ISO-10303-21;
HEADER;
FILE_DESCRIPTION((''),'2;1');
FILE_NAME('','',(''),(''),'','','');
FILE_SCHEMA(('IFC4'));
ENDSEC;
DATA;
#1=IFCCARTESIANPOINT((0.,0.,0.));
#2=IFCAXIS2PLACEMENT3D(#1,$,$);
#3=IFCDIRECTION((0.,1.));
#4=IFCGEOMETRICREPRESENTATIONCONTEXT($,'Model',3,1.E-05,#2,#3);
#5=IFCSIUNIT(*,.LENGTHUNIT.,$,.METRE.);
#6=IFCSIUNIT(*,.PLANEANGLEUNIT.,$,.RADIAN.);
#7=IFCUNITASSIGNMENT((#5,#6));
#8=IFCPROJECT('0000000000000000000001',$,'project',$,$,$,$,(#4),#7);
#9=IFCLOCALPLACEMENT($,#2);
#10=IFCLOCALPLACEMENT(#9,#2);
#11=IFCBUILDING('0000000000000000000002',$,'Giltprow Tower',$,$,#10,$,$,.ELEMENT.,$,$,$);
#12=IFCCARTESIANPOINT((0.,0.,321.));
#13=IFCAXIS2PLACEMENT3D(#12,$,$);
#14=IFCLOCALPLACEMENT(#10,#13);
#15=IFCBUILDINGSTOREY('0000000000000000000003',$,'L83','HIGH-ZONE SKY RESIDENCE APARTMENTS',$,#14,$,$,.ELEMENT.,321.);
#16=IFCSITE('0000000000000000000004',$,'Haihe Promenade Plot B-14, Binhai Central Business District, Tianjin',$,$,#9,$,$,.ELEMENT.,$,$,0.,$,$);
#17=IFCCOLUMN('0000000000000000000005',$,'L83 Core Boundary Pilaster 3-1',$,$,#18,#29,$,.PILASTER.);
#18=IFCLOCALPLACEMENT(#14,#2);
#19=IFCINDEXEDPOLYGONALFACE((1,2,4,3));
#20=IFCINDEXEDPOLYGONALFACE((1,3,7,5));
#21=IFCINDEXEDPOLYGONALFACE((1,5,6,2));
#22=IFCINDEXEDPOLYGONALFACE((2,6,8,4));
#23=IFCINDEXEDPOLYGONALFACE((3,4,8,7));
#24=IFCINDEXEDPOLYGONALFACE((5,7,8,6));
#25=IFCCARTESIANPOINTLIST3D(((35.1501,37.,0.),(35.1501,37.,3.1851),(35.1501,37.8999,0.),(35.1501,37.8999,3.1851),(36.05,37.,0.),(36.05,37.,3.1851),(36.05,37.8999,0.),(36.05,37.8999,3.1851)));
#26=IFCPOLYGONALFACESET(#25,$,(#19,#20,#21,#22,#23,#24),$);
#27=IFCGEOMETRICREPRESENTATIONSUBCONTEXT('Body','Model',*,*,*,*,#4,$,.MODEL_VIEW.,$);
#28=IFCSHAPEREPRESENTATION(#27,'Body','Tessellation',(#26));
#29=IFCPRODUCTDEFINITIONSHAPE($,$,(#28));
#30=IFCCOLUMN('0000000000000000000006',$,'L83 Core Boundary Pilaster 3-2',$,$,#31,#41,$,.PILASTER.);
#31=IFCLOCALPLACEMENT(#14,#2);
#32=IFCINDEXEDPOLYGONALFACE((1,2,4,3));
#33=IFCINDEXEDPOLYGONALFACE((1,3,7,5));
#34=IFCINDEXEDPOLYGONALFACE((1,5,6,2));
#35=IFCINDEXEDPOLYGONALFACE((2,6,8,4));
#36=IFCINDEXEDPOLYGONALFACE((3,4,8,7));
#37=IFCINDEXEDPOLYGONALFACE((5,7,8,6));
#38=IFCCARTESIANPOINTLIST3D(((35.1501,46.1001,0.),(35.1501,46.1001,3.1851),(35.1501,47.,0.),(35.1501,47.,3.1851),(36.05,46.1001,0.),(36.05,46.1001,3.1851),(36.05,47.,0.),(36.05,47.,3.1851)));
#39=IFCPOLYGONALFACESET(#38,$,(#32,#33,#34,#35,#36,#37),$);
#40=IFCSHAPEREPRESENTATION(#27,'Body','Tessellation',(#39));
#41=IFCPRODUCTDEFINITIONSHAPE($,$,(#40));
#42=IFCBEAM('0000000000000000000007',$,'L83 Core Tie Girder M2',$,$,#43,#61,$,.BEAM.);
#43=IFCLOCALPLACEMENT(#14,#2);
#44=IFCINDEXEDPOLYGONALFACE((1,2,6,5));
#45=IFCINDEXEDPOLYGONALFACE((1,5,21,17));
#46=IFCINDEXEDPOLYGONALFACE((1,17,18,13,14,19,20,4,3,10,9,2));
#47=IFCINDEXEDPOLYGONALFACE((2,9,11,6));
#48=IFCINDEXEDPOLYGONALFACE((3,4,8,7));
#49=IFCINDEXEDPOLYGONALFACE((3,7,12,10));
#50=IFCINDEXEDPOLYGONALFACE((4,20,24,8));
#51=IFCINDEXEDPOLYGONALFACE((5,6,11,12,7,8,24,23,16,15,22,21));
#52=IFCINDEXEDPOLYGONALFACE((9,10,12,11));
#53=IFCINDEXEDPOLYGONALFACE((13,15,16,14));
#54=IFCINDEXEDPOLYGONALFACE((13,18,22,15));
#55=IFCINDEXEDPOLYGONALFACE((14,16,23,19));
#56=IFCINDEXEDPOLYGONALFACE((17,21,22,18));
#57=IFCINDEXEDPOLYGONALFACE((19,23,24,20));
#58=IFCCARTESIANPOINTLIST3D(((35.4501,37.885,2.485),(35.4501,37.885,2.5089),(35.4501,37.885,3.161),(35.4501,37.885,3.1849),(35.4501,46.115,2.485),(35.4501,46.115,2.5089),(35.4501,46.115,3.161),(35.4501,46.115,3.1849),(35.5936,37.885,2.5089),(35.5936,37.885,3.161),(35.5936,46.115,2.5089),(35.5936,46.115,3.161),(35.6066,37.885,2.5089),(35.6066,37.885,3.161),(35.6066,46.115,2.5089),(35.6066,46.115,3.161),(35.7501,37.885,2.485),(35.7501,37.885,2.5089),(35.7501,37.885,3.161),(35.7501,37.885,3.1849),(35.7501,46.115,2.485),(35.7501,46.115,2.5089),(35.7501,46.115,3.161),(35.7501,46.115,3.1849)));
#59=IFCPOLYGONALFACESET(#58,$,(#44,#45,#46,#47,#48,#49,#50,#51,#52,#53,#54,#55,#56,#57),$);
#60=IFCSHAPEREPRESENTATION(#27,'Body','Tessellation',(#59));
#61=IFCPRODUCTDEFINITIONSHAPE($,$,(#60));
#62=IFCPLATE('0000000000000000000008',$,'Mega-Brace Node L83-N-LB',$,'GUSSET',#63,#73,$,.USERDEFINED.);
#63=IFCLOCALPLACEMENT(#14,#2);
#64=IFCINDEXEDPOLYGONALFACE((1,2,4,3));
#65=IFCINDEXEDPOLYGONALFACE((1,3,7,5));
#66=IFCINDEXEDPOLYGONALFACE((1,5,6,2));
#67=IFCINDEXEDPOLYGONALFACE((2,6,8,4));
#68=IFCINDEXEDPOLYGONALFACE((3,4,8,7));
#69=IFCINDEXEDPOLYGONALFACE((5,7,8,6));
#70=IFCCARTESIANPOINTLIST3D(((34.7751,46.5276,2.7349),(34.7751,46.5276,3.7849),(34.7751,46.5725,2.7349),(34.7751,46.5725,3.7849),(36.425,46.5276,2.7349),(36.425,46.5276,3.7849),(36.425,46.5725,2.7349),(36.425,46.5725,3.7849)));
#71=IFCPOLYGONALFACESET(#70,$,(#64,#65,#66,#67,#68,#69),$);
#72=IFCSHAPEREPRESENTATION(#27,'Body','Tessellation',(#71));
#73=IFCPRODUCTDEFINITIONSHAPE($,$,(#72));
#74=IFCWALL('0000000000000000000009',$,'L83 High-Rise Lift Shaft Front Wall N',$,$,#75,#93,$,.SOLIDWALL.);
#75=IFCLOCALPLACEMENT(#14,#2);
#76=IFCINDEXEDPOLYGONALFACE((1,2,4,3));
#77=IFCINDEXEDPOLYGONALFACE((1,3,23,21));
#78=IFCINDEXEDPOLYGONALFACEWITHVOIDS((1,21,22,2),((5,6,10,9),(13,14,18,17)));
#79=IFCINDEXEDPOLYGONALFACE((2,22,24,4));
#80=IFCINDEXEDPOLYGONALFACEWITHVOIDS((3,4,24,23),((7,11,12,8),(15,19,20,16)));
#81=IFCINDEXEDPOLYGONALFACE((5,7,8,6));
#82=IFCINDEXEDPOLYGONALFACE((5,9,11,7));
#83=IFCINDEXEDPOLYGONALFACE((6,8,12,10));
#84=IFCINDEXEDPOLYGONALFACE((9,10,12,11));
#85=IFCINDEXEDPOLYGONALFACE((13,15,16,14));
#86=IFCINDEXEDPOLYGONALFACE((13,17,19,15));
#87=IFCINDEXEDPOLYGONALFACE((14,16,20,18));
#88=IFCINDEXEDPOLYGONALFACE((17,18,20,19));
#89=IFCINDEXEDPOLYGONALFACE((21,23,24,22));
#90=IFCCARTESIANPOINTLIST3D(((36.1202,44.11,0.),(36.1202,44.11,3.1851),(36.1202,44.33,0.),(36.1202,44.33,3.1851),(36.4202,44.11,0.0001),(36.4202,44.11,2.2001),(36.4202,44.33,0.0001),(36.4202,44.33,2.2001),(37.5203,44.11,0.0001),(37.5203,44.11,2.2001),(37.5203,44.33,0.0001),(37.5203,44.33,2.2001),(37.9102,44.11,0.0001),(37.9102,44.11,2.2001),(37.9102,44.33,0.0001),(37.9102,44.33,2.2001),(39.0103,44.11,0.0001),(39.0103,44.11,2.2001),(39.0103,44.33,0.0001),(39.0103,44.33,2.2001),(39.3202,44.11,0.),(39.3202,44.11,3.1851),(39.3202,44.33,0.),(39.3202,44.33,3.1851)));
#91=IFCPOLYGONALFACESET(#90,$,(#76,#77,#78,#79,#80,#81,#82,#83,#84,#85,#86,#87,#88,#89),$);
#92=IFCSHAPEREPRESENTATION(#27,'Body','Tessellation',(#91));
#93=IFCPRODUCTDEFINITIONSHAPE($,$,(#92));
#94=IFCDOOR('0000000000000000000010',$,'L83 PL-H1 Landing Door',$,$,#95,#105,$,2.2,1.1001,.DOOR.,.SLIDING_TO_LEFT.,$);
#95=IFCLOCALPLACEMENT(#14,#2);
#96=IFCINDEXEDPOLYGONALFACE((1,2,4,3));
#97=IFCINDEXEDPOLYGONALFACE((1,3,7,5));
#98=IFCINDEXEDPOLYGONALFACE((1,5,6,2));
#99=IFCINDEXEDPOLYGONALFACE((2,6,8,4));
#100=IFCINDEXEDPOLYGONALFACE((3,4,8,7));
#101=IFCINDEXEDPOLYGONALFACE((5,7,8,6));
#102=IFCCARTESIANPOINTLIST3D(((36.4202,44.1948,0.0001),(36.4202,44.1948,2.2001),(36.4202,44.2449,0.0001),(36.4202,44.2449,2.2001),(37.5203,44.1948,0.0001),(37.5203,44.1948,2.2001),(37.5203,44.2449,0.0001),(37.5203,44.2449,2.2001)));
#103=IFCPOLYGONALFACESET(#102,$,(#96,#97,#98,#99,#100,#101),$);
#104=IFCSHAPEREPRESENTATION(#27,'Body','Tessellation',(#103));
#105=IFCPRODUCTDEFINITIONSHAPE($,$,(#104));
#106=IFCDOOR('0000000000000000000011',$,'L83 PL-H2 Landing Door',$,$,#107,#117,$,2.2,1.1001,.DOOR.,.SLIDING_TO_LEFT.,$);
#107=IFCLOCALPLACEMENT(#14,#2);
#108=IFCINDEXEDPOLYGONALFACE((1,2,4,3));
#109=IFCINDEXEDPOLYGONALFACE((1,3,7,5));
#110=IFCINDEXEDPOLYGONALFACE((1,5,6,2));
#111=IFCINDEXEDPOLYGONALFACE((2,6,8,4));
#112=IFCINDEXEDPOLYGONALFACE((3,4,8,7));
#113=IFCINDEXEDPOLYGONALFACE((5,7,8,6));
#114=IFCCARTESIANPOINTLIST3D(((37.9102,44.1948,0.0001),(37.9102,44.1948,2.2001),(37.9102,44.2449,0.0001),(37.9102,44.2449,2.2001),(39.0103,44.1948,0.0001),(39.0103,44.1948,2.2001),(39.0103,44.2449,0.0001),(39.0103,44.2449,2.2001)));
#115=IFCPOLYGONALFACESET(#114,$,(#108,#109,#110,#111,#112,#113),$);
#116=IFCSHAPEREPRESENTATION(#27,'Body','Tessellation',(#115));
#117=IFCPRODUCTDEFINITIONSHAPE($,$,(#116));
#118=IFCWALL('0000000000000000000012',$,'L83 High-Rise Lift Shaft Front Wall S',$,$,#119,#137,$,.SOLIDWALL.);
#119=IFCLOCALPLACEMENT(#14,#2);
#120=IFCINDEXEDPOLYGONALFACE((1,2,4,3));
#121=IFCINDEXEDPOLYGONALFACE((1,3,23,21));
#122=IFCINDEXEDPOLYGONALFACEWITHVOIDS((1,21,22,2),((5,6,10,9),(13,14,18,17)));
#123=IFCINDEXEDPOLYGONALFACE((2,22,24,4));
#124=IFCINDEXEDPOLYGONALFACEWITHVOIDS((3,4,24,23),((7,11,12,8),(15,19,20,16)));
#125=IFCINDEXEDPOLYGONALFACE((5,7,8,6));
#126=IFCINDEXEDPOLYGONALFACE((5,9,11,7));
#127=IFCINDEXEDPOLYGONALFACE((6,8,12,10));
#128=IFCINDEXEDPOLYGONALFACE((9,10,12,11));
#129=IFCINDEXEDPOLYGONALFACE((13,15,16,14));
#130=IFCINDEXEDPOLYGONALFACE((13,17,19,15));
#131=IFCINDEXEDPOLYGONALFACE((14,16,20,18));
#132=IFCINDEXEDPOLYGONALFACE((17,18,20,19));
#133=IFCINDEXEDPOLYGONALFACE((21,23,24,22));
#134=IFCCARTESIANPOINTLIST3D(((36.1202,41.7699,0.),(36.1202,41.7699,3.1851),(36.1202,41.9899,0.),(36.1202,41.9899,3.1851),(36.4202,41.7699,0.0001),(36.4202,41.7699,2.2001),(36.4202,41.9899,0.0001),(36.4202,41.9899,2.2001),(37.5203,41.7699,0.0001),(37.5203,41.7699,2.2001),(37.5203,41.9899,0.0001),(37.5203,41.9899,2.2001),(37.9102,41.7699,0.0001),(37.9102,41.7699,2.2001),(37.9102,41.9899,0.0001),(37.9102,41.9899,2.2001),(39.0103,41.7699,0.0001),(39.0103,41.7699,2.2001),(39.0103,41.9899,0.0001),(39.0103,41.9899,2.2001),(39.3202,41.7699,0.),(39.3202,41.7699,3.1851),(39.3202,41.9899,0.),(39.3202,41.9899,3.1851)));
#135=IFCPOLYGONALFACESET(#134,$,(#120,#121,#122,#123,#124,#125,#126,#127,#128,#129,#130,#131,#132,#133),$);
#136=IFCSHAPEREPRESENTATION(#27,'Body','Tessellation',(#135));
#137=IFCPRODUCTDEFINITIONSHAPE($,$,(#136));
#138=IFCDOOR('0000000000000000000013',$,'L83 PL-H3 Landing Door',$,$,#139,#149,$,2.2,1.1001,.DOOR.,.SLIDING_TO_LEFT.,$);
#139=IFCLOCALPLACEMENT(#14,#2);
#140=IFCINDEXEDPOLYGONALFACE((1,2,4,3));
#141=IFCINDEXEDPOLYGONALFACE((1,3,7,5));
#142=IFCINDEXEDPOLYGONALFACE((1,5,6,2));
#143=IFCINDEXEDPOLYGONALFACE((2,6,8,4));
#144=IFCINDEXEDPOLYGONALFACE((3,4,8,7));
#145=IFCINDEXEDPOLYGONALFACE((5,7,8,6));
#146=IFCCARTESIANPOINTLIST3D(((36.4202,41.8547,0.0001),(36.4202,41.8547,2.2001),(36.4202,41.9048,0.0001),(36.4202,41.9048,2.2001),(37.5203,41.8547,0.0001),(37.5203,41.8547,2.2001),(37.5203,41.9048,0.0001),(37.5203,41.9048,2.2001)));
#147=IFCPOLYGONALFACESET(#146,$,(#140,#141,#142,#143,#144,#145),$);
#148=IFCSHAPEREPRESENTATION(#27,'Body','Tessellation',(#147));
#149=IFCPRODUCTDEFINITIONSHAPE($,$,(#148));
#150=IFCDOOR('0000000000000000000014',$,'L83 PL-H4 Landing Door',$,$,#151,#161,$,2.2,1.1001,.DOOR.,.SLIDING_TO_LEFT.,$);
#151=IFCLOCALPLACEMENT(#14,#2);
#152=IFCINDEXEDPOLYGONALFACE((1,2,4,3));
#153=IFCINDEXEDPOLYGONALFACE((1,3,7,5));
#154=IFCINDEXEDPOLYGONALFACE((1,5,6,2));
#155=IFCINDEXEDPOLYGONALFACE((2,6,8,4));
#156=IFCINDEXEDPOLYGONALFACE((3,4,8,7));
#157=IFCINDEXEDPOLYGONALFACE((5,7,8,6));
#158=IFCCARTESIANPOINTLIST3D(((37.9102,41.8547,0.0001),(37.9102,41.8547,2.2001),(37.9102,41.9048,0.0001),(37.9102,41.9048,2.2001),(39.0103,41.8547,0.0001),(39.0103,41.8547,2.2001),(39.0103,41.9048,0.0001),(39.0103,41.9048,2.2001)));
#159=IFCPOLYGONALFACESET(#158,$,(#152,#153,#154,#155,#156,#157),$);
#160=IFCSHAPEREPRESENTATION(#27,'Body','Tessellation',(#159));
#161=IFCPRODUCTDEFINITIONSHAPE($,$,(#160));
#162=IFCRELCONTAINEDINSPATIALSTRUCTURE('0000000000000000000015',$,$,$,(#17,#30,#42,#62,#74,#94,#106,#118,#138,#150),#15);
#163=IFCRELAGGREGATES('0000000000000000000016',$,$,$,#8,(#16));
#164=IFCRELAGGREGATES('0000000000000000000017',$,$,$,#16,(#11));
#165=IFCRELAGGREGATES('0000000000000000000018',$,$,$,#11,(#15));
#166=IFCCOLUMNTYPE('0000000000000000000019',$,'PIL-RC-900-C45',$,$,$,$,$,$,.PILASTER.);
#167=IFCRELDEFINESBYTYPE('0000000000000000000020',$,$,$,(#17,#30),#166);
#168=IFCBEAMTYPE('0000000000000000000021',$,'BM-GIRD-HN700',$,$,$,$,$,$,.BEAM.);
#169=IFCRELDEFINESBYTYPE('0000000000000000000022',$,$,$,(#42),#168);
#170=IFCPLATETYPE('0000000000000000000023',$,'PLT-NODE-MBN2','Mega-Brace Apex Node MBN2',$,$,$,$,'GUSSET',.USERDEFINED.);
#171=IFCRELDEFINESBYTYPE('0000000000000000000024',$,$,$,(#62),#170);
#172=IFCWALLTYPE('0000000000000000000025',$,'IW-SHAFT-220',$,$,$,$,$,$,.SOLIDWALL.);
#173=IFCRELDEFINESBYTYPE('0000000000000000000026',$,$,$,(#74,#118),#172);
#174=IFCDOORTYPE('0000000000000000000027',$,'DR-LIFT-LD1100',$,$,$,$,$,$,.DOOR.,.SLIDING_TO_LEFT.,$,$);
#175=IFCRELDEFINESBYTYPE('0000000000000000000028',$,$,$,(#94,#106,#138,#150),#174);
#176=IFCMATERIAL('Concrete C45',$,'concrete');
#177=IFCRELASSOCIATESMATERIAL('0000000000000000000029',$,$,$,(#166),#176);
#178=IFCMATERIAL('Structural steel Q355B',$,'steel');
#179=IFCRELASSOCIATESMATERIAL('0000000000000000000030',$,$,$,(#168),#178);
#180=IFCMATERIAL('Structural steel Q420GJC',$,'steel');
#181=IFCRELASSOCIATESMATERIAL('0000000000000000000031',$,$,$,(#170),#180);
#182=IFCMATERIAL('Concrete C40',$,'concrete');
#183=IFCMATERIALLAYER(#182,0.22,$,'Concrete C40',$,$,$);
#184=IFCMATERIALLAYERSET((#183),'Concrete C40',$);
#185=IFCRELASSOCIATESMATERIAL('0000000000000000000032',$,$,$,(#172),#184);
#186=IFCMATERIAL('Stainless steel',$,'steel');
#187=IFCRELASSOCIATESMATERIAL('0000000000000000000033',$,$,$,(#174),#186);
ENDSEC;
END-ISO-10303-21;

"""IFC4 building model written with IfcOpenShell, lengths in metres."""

from ifc_helpers import new_model, si_unit, direction, frame, frame_2d, origin, origin_2d, place, context, subcontext, project, spatial, rectangle, i_section, extrude, source, transform, mapped, material, layer, layer_set, material_profile, profile_set, type_object, element, fill, save


model = new_model("IFC4")

# Units and contexts
model_context = context("Model", 3, precision=1e-05, world=origin(), true_north=direction((0.0, 1.0)))
body_context = subcontext(model_context, "Body", "Model", "MODEL_VIEW")
ifc_project = project(units=[si_unit("LENGTHUNIT", "METRE"), si_unit("PLANEANGLEUNIT", "RADIAN")], contexts=[model_context])

# Site, building, storey
site_placement = place(None, origin())
site = spatial("IfcSite", under=ifc_project, at=site_placement, Name="Haihe Promenade Plot B-14, Binhai Central Business District, Tianjin", CompositionType="ELEMENT", RefElevation=0.0)
building_placement = place(site_placement, origin())
building = spatial("IfcBuilding", under=site, at=building_placement, Name="Giltprow Tower", CompositionType="ELEMENT")
storey_placement = place(building_placement, frame((0.0, 0.0, 321.0)))
storey = spatial("IfcBuildingStorey", under=building, at=storey_placement, Name="L83", Description="HIGH-ZONE SKY RESIDENCE APARTMENTS", CompositionType="ELEMENT", Elevation=321.0)

# Columns
ifc_material_1 = material(Name="Concrete C45", Category="concrete")
ifc_material_profile_1 = material_profile(ifc_material_1, rectangle(XDim=0.8999, YDim=0.8999, at=origin_2d()), Name="RC 900x900")
ifc_profile_set_1 = profile_set([ifc_material_profile_1], Name="Concrete C45")
column_type = type_object("IfcColumnType", Name="PIL-RC-900-C45", PredefinedType="PILASTER", material=ifc_profile_set_1)
shared_shape_1 = source(origin(), body_context, "Body", "SweptSolid", [
    extrude(rectangle(XDim=0.8999, YDim=0.8999, at=origin_2d()), origin(), (0.0, 0.0, 1.0), 3.1851),
])
for number, where, z_axis, x_axis, name in (
    (1, (35.6001, 37.45, 0.0), (0.0, 0.0, 1.0), (1.0, 0.0, 0.0), "L83 Core Boundary Pilaster 3-1"),
    (2, (35.6001, 46.55, 0.0), (0.0, 0.0, 1.0), (1.0, 0.0, 0.0), "L83 Core Boundary Pilaster 3-2"),
):
    element("IfcColumn", number, at=place(storey_placement, frame(where, z_axis=z_axis, x_axis=x_axis)), inside=storey, type_object=column_type, Name=name, PredefinedType="PILASTER", context=body_context, shape_type="MappedRepresentation", body=[
        mapped(shared_shape_1, transform((0.0, 0.0, 0.0), x_axis=(1.0, 0.0, 0.0), y_axis=(0.0, 1.0, 0.0), z_axis=(0.0, 0.0, 1.0), scale=1.0)),
    ])

# Beam
ifc_material_2 = material(Name="Structural steel Q355B", Category="steel")
ifc_material_profile_2 = material_profile(ifc_material_2, i_section(OverallWidth=0.3, OverallDepth=0.7, WebThickness=0.0129, FlangeThickness=0.0239, at=origin_2d()), Name="HN 700x300x13x24")
ifc_profile_set_2 = profile_set([ifc_material_profile_2], Name="Structural steel Q355B")
beam_type = type_object("IfcBeamType", Name="BM-GIRD-HN700", PredefinedType="BEAM", material=ifc_profile_set_2)
shared_shape_2 = source(origin(), body_context, "Body", "SweptSolid", [
    extrude(i_section(OverallWidth=0.3, OverallDepth=0.7, WebThickness=0.0129, FlangeThickness=0.0239, at=origin_2d()), origin(), (0.0, 0.0, 1.0), 8.23),
])
beam_placement = place(storey_placement, frame((35.6001, 37.885, 2.835), z_axis=(0.0, 1.0, 0.0), x_axis=(-1.0, 0.0, 0.0)))
element("IfcBeam", 3, at=beam_placement, inside=storey, type_object=beam_type, Name="L83 Core Tie Girder M2", PredefinedType="BEAM", context=body_context, shape_type="MappedRepresentation", body=[
    mapped(shared_shape_2, transform((0.0, 0.0, 0.0), x_axis=(1.0, 0.0, 0.0), y_axis=(0.0, 1.0, 0.0), z_axis=(0.0, 0.0, 1.0), scale=1.0)),
])

# Plate
ifc_material_3 = material(Name="Structural steel Q420GJC", Category="steel")
plate_type = type_object("IfcPlateType", Name="PLT-NODE-MBN2", Description="Mega-Brace Apex Node MBN2", ElementType="GUSSET", PredefinedType="USERDEFINED", material=ifc_material_3)
shared_shape_3 = source(origin(), body_context, "Body", "SweptSolid", [
    extrude(rectangle(XDim=1.6499, YDim=0.0449, at=origin_2d()), origin(), (0.0, 0.0, 1.0), 1.05),
])
plate_placement = place(storey_placement, frame((35.6001, 46.55, 2.7349), z_axis=(0.0, 0.0, 1.0), x_axis=(1.0, 0.0, 0.0)))
element("IfcPlate", 4, at=plate_placement, inside=storey, type_object=plate_type, Name="Mega-Brace Node L83-N-LB", ObjectType="GUSSET", PredefinedType="USERDEFINED", context=body_context, shape_type="MappedRepresentation", body=[
    mapped(shared_shape_3, transform((0.0, 0.0, 0.0), x_axis=(1.0, 0.0, 0.0), y_axis=(0.0, 1.0, 0.0), z_axis=(0.0, 0.0, 1.0), scale=1.0)),
])

# Walls, openings, doors
ifc_material_4 = material(Name="Concrete C40", Category="concrete")
ifc_layer_1 = layer(ifc_material_4, 0.22, Name="Concrete C40")
ifc_layer_set_1 = layer_set([ifc_layer_1], Name="Concrete C40")
wall_type_1 = type_object("IfcWallType", Name="IW-SHAFT-220", PredefinedType="SOLIDWALL", material=ifc_layer_set_1)
wall_1_placement = place(storey_placement, frame((36.1201, 44.22, 0.0), z_axis=(0.0, 0.0, 1.0), x_axis=(1.0, 0.0, 0.0)))
wall_1 = element("IfcWall", 5, at=wall_1_placement, inside=storey, type_object=wall_type_1, Name="L83 High-Rise Lift Shaft Front Wall N", PredefinedType="SOLIDWALL", context=body_context, shape_type="SweptSolid", body=[
    extrude(rectangle(XDim=3.2, YDim=0.22, at=frame_2d((1.6001, 0.0))), origin(), (0.0, 0.0, 1.0), 3.1851),
])
opening_1_placement = place(wall_1_placement, frame((0.3, 0.0, 0.0)))
opening_1 = element("IfcOpeningElement", 6, at=opening_1_placement, cuts=wall_1, PredefinedType="OPENING", context=body_context, shape_type="SweptSolid", body=[
    extrude(rectangle(XDim=1.1001, YDim=2.2, at=frame_2d((0.55, 1.1001))), frame((0.0, 0.1199, 0.0), z_axis=(0.0, -1.0, 0.0), x_axis=(1.0, 0.0, 0.0)), (0.0, 0.0, 1.0), 0.24),
])
opening_2_placement = place(wall_1_placement, frame((1.79, 0.0, 0.0)))
opening_2 = element("IfcOpeningElement", 7, at=opening_2_placement, cuts=wall_1, PredefinedType="OPENING", context=body_context, shape_type="SweptSolid", body=[
    extrude(rectangle(XDim=1.1001, YDim=2.2, at=frame_2d((0.55, 1.1001))), frame((0.0, 0.1199, 0.0), z_axis=(0.0, -1.0, 0.0), x_axis=(1.0, 0.0, 0.0)), (0.0, 0.0, 1.0), 0.24),
])
ifc_material_5 = material(Name="Stainless steel", Category="steel")
door_type_1 = type_object("IfcDoorType", Name="DR-LIFT-LD1100", OperationType="SLIDING_TO_LEFT", PredefinedType="DOOR", material=ifc_material_5)
shared_shape_4 = source(origin(), body_context, "Body", "SweptSolid", [
    extrude(rectangle(XDim=1.1001, YDim=2.2, at=frame_2d((0.55, 1.1001))), frame((0.0, 0.0249, 0.0), z_axis=(0.0, -1.0, 0.0), x_axis=(1.0, 0.0, 0.0)), (0.0, 0.0, 1.0), 0.05),
])
door_1_placement = place(opening_1_placement, origin())
door_1 = element("IfcDoor", 8, at=door_1_placement, inside=storey, type_object=door_type_1, Name="L83 PL-H1 Landing Door", OperationType="SLIDING_TO_LEFT", OverallHeight=2.2, OverallWidth=1.1001, PredefinedType="DOOR", context=body_context, shape_type="MappedRepresentation", body=[
    mapped(shared_shape_4, transform((0.0, 0.0, 0.0), x_axis=(1.0, 0.0, 0.0), y_axis=(0.0, 1.0, 0.0), z_axis=(0.0, 0.0, 1.0), scale=1.0)),
])
fill(opening_1, door_1)
door_2_placement = place(opening_2_placement, origin())
door_2 = element("IfcDoor", 9, at=door_2_placement, inside=storey, type_object=door_type_1, Name="L83 PL-H2 Landing Door", OperationType="SLIDING_TO_LEFT", OverallHeight=2.2, OverallWidth=1.1001, PredefinedType="DOOR", context=body_context, shape_type="MappedRepresentation", body=[
    mapped(shared_shape_4, transform((0.0, 0.0, 0.0), x_axis=(1.0, 0.0, 0.0), y_axis=(0.0, 1.0, 0.0), z_axis=(0.0, 0.0, 1.0), scale=1.0)),
])
fill(opening_2, door_2)
wall_2_placement = place(storey_placement, frame((36.1201, 41.8799, 0.0), z_axis=(0.0, 0.0, 1.0), x_axis=(1.0, 0.0, 0.0)))
wall_2 = element("IfcWall", 10, at=wall_2_placement, inside=storey, type_object=wall_type_1, Name="L83 High-Rise Lift Shaft Front Wall S", PredefinedType="SOLIDWALL", context=body_context, shape_type="SweptSolid", body=[
    extrude(rectangle(XDim=3.2, YDim=0.22, at=frame_2d((1.6001, 0.0))), origin(), (0.0, 0.0, 1.0), 3.1851),
])
opening_3_placement = place(wall_2_placement, frame((0.3, 0.0, 0.0)))
opening_3 = element("IfcOpeningElement", 11, at=opening_3_placement, cuts=wall_2, PredefinedType="OPENING", context=body_context, shape_type="SweptSolid", body=[
    extrude(rectangle(XDim=1.1001, YDim=2.2, at=frame_2d((0.55, 1.1001))), frame((0.0, 0.1199, 0.0), z_axis=(0.0, -1.0, 0.0), x_axis=(1.0, 0.0, 0.0)), (0.0, 0.0, 1.0), 0.24),
])
opening_4_placement = place(wall_2_placement, frame((1.79, 0.0, 0.0)))
opening_4 = element("IfcOpeningElement", 12, at=opening_4_placement, cuts=wall_2, PredefinedType="OPENING", context=body_context, shape_type="SweptSolid", body=[
    extrude(rectangle(XDim=1.1001, YDim=2.2, at=frame_2d((0.55, 1.1001))), frame((0.0, 0.1199, 0.0), z_axis=(0.0, -1.0, 0.0), x_axis=(1.0, 0.0, 0.0)), (0.0, 0.0, 1.0), 0.24),
])
door_3_placement = place(opening_3_placement, origin())
door_3 = element("IfcDoor", 13, at=door_3_placement, inside=storey, type_object=door_type_1, Name="L83 PL-H3 Landing Door", OperationType="SLIDING_TO_LEFT", OverallHeight=2.2, OverallWidth=1.1001, PredefinedType="DOOR", context=body_context, shape_type="MappedRepresentation", body=[
    mapped(shared_shape_4, transform((0.0, 0.0, 0.0), x_axis=(1.0, 0.0, 0.0), y_axis=(0.0, 1.0, 0.0), z_axis=(0.0, 0.0, 1.0), scale=1.0)),
])
fill(opening_3, door_3)
door_4_placement = place(opening_4_placement, origin())
door_4 = element("IfcDoor", 14, at=door_4_placement, inside=storey, type_object=door_type_1, Name="L83 PL-H4 Landing Door", OperationType="SLIDING_TO_LEFT", OverallHeight=2.2, OverallWidth=1.1001, PredefinedType="DOOR", context=body_context, shape_type="MappedRepresentation", body=[
    mapped(shared_shape_4, transform((0.0, 0.0, 0.0), x_axis=(1.0, 0.0, 0.0), y_axis=(0.0, 1.0, 0.0), z_axis=(0.0, 0.0, 1.0), scale=1.0)),
])
fill(opening_4, door_4)

save(model, "model.ifc")
